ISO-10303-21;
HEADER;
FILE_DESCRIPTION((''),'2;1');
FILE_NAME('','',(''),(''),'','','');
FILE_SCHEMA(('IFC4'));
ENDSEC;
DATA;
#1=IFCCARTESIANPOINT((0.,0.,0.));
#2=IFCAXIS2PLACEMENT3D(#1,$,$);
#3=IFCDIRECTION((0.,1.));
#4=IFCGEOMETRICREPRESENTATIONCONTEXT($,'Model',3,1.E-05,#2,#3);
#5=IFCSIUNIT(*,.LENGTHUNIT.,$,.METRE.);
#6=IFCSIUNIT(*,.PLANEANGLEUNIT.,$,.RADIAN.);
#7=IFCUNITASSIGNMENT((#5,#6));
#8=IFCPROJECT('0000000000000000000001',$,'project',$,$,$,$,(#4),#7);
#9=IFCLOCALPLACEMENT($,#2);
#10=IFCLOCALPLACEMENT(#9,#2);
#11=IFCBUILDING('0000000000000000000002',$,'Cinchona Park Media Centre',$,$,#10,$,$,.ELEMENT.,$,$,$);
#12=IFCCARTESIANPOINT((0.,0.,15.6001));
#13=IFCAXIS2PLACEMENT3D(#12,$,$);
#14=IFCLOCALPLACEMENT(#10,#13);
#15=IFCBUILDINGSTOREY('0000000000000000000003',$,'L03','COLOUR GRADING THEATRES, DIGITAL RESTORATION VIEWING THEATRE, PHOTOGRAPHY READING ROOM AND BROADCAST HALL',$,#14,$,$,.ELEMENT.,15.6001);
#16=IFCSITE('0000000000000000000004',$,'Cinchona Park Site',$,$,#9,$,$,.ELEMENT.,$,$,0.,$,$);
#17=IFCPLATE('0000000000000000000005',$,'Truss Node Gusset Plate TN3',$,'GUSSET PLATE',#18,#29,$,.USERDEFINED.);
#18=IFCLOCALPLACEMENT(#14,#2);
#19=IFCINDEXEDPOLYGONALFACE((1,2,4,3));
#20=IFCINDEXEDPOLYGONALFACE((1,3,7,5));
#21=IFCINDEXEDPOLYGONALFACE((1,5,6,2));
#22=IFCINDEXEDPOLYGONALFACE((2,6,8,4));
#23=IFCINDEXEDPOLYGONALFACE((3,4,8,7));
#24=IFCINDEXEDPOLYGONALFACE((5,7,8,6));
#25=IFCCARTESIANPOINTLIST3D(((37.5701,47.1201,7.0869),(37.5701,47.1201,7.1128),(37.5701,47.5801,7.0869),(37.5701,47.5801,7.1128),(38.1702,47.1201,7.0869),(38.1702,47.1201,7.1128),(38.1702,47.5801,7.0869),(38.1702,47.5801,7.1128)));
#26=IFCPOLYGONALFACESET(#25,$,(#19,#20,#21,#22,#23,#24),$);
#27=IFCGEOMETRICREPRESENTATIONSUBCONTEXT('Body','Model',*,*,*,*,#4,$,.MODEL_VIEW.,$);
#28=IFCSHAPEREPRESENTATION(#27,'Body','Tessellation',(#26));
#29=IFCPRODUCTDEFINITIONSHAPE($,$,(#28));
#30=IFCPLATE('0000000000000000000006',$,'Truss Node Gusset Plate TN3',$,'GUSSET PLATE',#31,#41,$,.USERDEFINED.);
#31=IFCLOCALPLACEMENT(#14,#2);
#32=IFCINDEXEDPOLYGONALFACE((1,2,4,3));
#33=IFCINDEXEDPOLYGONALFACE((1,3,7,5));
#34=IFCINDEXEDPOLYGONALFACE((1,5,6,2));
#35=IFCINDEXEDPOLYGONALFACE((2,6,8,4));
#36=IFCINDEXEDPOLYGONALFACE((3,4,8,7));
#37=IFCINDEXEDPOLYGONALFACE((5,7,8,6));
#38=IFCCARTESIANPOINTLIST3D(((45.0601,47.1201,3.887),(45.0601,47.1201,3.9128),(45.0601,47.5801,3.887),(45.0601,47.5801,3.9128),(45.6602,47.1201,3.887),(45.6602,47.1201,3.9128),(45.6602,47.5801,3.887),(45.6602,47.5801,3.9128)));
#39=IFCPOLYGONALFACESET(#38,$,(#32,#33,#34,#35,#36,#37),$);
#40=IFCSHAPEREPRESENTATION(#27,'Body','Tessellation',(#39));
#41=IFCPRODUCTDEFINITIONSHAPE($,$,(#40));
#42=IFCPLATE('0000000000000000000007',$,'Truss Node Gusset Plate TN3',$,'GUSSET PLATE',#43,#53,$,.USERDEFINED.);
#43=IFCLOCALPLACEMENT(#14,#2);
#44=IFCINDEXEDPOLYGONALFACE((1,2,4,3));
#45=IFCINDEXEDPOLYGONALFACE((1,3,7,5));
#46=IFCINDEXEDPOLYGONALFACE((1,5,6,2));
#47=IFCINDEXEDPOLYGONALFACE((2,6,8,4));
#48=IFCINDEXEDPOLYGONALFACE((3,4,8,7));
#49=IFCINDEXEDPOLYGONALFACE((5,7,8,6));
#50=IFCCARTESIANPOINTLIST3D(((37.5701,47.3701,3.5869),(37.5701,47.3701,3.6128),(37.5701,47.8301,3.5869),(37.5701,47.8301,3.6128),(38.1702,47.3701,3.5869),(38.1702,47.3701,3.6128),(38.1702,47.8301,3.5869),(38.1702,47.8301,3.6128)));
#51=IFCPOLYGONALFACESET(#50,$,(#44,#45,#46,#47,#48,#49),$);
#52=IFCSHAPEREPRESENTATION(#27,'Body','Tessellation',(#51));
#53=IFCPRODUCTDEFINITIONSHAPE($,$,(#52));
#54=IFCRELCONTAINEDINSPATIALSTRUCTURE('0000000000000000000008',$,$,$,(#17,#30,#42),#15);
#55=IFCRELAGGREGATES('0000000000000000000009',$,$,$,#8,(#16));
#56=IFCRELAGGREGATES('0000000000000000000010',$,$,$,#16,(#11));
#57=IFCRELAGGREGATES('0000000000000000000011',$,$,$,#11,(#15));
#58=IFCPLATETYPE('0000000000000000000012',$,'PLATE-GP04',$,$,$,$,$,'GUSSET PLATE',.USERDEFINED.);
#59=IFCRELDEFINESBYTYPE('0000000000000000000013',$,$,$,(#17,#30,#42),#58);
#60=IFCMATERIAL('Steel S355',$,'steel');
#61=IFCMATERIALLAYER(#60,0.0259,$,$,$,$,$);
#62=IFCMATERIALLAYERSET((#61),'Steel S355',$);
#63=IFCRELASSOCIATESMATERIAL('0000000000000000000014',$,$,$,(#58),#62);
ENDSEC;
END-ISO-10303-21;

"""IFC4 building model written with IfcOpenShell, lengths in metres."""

from ifc_helpers import new_model, si_unit, direction, frame, origin, origin_2d, place, context, subcontext, project, spatial, rectangle, extrude, material, layer, layer_set, type_object, element, save


model = new_model("IFC4")

# Units and contexts
model_context = context("Model", 3, precision=1e-05, world=origin(), true_north=direction((0.0, 1.0)))
body_context = subcontext(model_context, "Body", "Model", "MODEL_VIEW")
ifc_project = project(units=[si_unit("LENGTHUNIT", "METRE"), si_unit("PLANEANGLEUNIT", "RADIAN")], contexts=[model_context])

# Site, building, storey
site_placement = place(None, origin())
site = spatial("IfcSite", under=ifc_project, at=site_placement, Name="Cinchona Park Site", CompositionType="ELEMENT", RefElevation=0.0)
building_placement = place(site_placement, origin())
building = spatial("IfcBuilding", under=site, at=building_placement, Name="Cinchona Park Media Centre", CompositionType="ELEMENT")
storey_placement = place(building_placement, frame((0.0, 0.0, 15.6001)))
storey = spatial("IfcBuildingStorey", under=building, at=storey_placement, Name="L03", Description="COLOUR GRADING THEATRES, DIGITAL RESTORATION VIEWING THEATRE, PHOTOGRAPHY READING ROOM AND BROADCAST HALL", CompositionType="ELEMENT", Elevation=15.6001)

# Plates
ifc_material_1 = material(Name="Steel S355", Category="steel")
ifc_layer_1 = layer(ifc_material_1, 0.0259)
ifc_layer_set_1 = layer_set([ifc_layer_1], Name="Steel S355")
plate_type_1 = type_object("IfcPlateType", Name="PLATE-GP04", ElementType="GUSSET PLATE", PredefinedType="USERDEFINED", material=ifc_layer_set_1)
for number, where, z_axis, x_axis, name in (
    (1, (37.8701, 47.3501, 7.0869), (0.0, 0.0, 1.0), (1.0, 0.0, 0.0), "Truss Node Gusset Plate TN3"),
    (2, (45.3601, 47.3501, 3.887), (0.0, 0.0, 1.0), (1.0, 0.0, 0.0), "Truss Node Gusset Plate TN3"),
    (3, (37.8701, 47.6001, 3.5869), (0.0, 0.0, 1.0), (1.0, 0.0, 0.0), "Truss Node Gusset Plate TN3"),
):
    element("IfcPlate", number, at=place(storey_placement, frame(where, z_axis=z_axis, x_axis=x_axis)), inside=storey, type_object=plate_type_1, Name=name, ObjectType="GUSSET PLATE", PredefinedType="USERDEFINED", context=body_context, shape_type="SweptSolid", body=[
        extrude(rectangle(XDim=0.6001, YDim=0.46, at=origin_2d()), origin(), (0.0, 0.0, 1.0), 0.0259),
    ])

save(model, "model.ifc")
